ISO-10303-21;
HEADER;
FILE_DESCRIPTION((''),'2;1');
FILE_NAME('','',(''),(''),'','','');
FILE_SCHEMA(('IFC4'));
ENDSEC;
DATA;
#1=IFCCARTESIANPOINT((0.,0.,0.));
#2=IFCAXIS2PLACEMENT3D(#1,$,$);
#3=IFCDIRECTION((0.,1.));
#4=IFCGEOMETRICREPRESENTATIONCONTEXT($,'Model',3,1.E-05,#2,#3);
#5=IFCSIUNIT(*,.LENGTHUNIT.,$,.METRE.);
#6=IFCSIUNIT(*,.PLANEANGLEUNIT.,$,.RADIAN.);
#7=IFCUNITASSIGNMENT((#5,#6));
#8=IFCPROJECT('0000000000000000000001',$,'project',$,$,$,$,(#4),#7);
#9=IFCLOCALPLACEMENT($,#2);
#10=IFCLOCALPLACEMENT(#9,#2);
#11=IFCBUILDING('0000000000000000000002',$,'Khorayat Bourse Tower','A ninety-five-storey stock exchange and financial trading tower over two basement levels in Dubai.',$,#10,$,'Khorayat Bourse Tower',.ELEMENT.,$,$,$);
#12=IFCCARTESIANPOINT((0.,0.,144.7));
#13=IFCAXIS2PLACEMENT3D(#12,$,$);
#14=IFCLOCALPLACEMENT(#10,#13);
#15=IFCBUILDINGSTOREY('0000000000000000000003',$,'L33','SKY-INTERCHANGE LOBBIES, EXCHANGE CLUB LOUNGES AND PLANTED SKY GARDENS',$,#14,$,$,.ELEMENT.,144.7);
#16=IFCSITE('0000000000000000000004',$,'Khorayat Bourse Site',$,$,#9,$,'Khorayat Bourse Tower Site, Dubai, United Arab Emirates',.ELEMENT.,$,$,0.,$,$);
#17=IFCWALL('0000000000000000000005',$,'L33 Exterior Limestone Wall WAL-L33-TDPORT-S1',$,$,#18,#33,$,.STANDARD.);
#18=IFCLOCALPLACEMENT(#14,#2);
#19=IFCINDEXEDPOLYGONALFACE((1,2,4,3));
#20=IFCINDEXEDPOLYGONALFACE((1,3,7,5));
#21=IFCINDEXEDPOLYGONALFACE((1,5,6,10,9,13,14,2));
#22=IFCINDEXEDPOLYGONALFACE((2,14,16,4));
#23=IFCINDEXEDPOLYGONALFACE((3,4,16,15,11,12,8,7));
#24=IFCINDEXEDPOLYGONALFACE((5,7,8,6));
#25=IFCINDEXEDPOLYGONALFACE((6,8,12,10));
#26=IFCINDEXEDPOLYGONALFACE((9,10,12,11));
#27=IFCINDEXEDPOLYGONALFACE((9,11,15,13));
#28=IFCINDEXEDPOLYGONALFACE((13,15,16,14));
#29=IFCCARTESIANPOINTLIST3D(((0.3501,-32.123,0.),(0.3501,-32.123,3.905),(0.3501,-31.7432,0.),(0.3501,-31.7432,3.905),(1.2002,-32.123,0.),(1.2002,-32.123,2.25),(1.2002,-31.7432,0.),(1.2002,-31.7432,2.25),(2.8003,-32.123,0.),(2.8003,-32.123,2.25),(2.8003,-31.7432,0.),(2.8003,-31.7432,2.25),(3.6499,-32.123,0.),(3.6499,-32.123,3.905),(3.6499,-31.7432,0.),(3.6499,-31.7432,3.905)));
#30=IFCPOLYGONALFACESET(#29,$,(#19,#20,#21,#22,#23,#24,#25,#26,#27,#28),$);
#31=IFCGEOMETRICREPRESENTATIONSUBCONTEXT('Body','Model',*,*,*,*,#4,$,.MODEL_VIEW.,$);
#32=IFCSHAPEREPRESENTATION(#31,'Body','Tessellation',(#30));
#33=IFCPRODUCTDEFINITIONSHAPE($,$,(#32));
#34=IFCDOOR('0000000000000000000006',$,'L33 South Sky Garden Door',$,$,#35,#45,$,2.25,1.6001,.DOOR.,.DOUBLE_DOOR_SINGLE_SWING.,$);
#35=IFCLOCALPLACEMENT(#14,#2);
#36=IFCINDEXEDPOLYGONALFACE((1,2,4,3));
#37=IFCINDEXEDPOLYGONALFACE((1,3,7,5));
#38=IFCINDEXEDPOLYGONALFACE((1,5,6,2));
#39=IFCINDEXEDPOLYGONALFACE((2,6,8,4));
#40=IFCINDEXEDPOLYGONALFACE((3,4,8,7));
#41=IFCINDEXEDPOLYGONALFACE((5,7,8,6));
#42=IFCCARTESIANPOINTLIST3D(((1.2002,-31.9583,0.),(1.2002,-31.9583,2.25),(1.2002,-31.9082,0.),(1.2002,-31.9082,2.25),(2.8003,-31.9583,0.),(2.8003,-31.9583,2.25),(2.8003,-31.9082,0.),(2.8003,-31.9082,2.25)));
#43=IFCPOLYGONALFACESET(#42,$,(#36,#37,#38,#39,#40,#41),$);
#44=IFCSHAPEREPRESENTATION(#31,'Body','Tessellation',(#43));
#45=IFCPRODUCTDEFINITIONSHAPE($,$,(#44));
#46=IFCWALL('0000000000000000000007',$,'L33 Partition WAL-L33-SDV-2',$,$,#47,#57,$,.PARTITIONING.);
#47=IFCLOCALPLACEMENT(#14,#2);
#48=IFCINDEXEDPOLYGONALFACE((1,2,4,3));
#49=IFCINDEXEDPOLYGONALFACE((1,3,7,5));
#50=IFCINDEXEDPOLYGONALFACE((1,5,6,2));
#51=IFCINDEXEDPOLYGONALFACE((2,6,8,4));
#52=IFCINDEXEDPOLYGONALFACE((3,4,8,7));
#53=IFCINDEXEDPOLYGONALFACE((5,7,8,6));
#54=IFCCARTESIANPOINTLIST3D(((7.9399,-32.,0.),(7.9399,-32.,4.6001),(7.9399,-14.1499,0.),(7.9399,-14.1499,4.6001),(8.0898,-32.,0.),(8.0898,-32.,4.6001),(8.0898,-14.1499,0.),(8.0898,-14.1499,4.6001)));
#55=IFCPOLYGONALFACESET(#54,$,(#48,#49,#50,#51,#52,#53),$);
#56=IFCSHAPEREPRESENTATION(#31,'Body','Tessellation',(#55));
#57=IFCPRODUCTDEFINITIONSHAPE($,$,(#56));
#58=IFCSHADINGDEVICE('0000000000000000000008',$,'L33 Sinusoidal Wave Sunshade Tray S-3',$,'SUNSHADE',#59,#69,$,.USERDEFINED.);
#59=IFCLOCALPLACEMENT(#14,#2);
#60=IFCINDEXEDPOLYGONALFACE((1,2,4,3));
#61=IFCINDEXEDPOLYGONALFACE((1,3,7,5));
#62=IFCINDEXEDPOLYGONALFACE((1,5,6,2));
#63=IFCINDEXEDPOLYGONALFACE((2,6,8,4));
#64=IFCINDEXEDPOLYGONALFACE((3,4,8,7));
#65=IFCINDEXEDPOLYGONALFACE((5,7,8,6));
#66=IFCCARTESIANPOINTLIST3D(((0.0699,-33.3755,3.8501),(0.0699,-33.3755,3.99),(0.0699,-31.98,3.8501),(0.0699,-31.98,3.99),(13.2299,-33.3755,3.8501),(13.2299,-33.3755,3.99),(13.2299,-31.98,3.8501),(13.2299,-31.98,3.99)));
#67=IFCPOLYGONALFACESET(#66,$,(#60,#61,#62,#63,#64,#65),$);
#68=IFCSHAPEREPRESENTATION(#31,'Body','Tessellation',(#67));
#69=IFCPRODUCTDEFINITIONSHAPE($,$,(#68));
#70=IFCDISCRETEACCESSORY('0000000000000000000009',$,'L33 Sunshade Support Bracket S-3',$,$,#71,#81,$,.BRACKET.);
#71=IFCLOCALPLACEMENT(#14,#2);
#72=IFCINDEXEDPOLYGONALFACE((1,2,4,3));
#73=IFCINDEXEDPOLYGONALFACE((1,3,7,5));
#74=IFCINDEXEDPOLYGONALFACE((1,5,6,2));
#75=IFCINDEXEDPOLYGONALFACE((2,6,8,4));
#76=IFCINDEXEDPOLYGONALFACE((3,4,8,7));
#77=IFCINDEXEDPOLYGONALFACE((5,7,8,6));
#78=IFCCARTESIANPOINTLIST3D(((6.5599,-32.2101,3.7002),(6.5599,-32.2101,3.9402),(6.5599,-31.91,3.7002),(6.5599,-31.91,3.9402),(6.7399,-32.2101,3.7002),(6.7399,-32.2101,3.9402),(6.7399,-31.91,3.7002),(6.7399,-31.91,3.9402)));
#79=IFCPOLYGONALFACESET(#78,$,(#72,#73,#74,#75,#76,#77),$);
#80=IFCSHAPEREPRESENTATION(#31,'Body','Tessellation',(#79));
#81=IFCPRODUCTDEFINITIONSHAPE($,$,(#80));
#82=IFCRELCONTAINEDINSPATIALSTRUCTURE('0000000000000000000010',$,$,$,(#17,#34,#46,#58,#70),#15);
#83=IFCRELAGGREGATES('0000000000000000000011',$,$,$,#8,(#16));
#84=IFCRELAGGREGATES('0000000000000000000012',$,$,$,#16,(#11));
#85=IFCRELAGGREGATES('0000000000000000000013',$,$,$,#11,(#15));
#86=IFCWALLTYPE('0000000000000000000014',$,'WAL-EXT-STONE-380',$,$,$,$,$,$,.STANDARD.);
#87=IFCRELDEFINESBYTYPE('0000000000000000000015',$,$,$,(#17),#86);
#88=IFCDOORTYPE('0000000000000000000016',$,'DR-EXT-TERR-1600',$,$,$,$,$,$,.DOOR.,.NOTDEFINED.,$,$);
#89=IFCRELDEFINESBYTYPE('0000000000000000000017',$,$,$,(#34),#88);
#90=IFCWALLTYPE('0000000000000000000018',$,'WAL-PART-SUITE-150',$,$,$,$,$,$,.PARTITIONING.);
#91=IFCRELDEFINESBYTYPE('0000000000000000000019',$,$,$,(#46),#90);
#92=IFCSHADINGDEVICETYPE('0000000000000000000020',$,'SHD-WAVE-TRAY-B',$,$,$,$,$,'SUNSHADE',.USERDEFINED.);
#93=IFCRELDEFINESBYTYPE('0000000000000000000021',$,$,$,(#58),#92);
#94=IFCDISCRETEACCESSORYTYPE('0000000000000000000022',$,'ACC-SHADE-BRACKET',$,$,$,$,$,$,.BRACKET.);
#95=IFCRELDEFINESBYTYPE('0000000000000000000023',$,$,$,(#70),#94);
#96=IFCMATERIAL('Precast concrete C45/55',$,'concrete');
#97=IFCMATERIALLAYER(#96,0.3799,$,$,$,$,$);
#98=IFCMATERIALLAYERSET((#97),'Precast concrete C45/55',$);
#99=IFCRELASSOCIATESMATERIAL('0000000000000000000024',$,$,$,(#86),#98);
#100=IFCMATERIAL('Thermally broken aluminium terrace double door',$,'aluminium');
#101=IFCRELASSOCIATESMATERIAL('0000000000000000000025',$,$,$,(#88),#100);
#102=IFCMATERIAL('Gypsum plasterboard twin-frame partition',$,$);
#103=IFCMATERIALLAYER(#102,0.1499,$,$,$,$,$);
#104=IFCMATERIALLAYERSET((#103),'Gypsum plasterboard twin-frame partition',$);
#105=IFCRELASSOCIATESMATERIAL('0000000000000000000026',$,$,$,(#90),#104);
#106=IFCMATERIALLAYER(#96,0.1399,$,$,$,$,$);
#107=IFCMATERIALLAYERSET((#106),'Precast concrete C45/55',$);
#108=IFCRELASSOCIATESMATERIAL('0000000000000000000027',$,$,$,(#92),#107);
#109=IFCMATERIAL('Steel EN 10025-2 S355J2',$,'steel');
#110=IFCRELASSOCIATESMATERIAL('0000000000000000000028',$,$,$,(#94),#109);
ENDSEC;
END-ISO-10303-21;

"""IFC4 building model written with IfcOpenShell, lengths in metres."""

from ifc_helpers import new_model, si_unit, direction, frame, frame_2d, origin, origin_2d, place, context, subcontext, project, spatial, rectangle, extrude, source, transform, mapped, material, layer, layer_set, type_object, element, fill, save


model = new_model("IFC4")

# Units and contexts
model_context = context("Model", 3, precision=1e-05, world=origin(), true_north=direction((0.0, 1.0)))
body_context = subcontext(model_context, "Body", "Model", "MODEL_VIEW")
ifc_project = project(units=[si_unit("LENGTHUNIT", "METRE"), si_unit("PLANEANGLEUNIT", "RADIAN")], contexts=[model_context])

# Site, building, storey
site_placement = place(None, origin())
site = spatial("IfcSite", under=ifc_project, at=site_placement, Name="Khorayat Bourse Site", LongName="Khorayat Bourse Tower Site, Dubai, United Arab Emirates", CompositionType="ELEMENT", RefElevation=0.0)
building_placement = place(site_placement, origin())
building = spatial("IfcBuilding", under=site, at=building_placement, Name="Khorayat Bourse Tower", Description="A ninety-five-storey stock exchange and financial trading tower over two basement levels in Dubai.", LongName="Khorayat Bourse Tower", CompositionType="ELEMENT")
storey_placement = place(building_placement, frame((0.0, 0.0, 144.7)))
storey = spatial("IfcBuildingStorey", under=building, at=storey_placement, Name="L33", Description="SKY-INTERCHANGE LOBBIES, EXCHANGE CLUB LOUNGES AND PLANTED SKY GARDENS", CompositionType="ELEMENT", Elevation=144.7)

# Shared definitions
ifc_material_1 = material(Name="Steel EN 10025-2 S355J2", Category="steel")

# Wall, opening, door
ifc_material_2 = material(Name="Precast concrete C45/55", Category="concrete")
ifc_layer_1 = layer(ifc_material_2, 0.3799)
ifc_layer_set_1 = layer_set([ifc_layer_1], Name="Precast concrete C45/55")
wall_type_1 = type_object("IfcWallType", Name="WAL-EXT-STONE-380", PredefinedType="STANDARD", material=ifc_layer_set_1)
shared_shape_1 = source(origin(), body_context, "Body", "SweptSolid", [
    extrude(rectangle(XDim=3.2998, YDim=0.3799, at=frame_2d((1.6499, 0.0))), origin(), (0.0, 0.0, 1.0), 3.905),
])
wall_1_placement = place(storey_placement, frame((0.3501, -31.9331, 0.0), z_axis=(0.0, 0.0, 1.0), x_axis=(1.0, 0.0, 0.0)))
wall_1 = element("IfcWall", 1, at=wall_1_placement, inside=storey, type_object=wall_type_1, Name="L33 Exterior Limestone Wall WAL-L33-TDPORT-S1", PredefinedType="STANDARD", context=body_context, shape_type="MappedRepresentation", body=[
    mapped(shared_shape_1, transform((0.0, 0.0, 0.0), scale=1.0)),
])
shared_shape_2 = source(origin(), body_context, "Body", "SweptSolid", [
    extrude(rectangle(XDim=1.6001, YDim=2.25, at=frame_2d((0.8, 1.125))), frame((0.0, 0.2, 0.0), z_axis=(0.0, -1.0, 0.0), x_axis=(1.0, 0.0, 0.0)), (0.0, 0.0, 1.0), 0.3999),
])
opening_placement = place(wall_1_placement, frame((0.8501, 0.0, 0.0)))
opening = element("IfcOpeningElement", 2, at=opening_placement, cuts=wall_1, PredefinedType="OPENING", context=body_context, shape_type="MappedRepresentation", body=[
    mapped(shared_shape_2, transform((0.0, 0.0, 0.0), scale=1.0)),
])
ifc_material_3 = material(Name="Thermally broken aluminium terrace double door", Category="aluminium")
door_type = type_object("IfcDoorType", Name="DR-EXT-TERR-1600", OperationType="NOTDEFINED", PredefinedType="DOOR", material=ifc_material_3)
shared_shape_3 = source(origin(), body_context, "Body", "SweptSolid", [
    extrude(rectangle(XDim=1.6001, YDim=2.25, at=frame_2d((0.8, 1.125))), frame((0.0, 0.0249, 0.0), z_axis=(0.0, -1.0, 0.0), x_axis=(1.0, 0.0, 0.0)), (0.0, 0.0, 1.0), 0.05),
])
door_placement = place(opening_placement, origin())
door = element("IfcDoor", 3, at=door_placement, inside=storey, type_object=door_type, Name="L33 South Sky Garden Door", OperationType="DOUBLE_DOOR_SINGLE_SWING", OverallHeight=2.25, OverallWidth=1.6001, PredefinedType="DOOR", context=body_context, shape_type="MappedRepresentation", body=[
    mapped(shared_shape_3, transform((0.0, 0.0, 0.0), scale=1.0)),
])
fill(opening, door)

# Wall
ifc_material_4 = material(Name="Gypsum plasterboard twin-frame partition")
ifc_layer_2 = layer(ifc_material_4, 0.1499)
ifc_layer_set_2 = layer_set([ifc_layer_2], Name="Gypsum plasterboard twin-frame partition")
wall_type_2 = type_object("IfcWallType", Name="WAL-PART-SUITE-150", PredefinedType="PARTITIONING", material=ifc_layer_set_2)
shared_shape_4 = source(origin(), body_context, "Body", "SweptSolid", [
    extrude(rectangle(XDim=17.8501, YDim=0.1499, at=frame_2d((8.925, 0.0))), origin(), (0.0, 0.0, 1.0), 4.6001),
])
wall_2_placement = place(storey_placement, frame((8.0149, -32.0, 0.0), z_axis=(0.0, 0.0, 1.0), x_axis=(0.0, 1.0, 0.0)))
element("IfcWall", 4, at=wall_2_placement, inside=storey, type_object=wall_type_2, Name="L33 Partition WAL-L33-SDV-2", PredefinedType="PARTITIONING", context=body_context, shape_type="MappedRepresentation", body=[
    mapped(shared_shape_4, transform((0.0, 0.0, 0.0), scale=1.0)),
])

# Shading device
ifc_layer_3 = layer(ifc_material_2, 0.1399)
ifc_layer_set_3 = layer_set([ifc_layer_3], Name="Precast concrete C45/55")
shading_device_type = type_object("IfcShadingDeviceType", Name="SHD-WAVE-TRAY-B", ElementType="SUNSHADE", PredefinedType="USERDEFINED", material=ifc_layer_set_3)
shared_shape_5 = source(origin(), body_context, "Body", "SweptSolid", [
    extrude(rectangle(XDim=13.1599, YDim=1.3955, at=origin_2d()), origin(), (0.0, 0.0, 1.0), 0.1399),
])
shading_device_placement = place(storey_placement, frame((6.6499, -32.6777, 3.8501), z_axis=(0.0, 0.0, 1.0), x_axis=(1.0, 0.0, 0.0)))
element("IfcShadingDevice", 5, at=shading_device_placement, inside=storey, type_object=shading_device_type, Name="L33 Sinusoidal Wave Sunshade Tray S-3", ObjectType="SUNSHADE", PredefinedType="USERDEFINED", context=body_context, shape_type="MappedRepresentation", body=[
    mapped(shared_shape_5, transform((0.0, 0.0, 0.0), scale=1.0)),
])

# Discrete accessory
discrete_accessory_type = type_object("IfcDiscreteAccessoryType", Name="ACC-SHADE-BRACKET", PredefinedType="BRACKET", material=ifc_material_1)
shared_shape_6 = source(origin(), body_context, "Body", "SweptSolid", [
    extrude(rectangle(XDim=0.1799, YDim=0.3, at=origin_2d()), origin(), (0.0, 0.0, 1.0), 0.24),
])
discrete_accessory_placement = place(storey_placement, frame((6.6499, -32.0601, 3.7002), z_axis=(0.0, 0.0, 1.0), x_axis=(1.0, 0.0, 0.0)))
element("IfcDiscreteAccessory", 6, at=discrete_accessory_placement, inside=storey, type_object=discrete_accessory_type, Name="L33 Sunshade Support Bracket S-3", PredefinedType="BRACKET", context=body_context, shape_type="MappedRepresentation", body=[
    mapped(shared_shape_6, transform((0.0, 0.0, 0.0), scale=1.0)),
])

save(model, "model.ifc")
